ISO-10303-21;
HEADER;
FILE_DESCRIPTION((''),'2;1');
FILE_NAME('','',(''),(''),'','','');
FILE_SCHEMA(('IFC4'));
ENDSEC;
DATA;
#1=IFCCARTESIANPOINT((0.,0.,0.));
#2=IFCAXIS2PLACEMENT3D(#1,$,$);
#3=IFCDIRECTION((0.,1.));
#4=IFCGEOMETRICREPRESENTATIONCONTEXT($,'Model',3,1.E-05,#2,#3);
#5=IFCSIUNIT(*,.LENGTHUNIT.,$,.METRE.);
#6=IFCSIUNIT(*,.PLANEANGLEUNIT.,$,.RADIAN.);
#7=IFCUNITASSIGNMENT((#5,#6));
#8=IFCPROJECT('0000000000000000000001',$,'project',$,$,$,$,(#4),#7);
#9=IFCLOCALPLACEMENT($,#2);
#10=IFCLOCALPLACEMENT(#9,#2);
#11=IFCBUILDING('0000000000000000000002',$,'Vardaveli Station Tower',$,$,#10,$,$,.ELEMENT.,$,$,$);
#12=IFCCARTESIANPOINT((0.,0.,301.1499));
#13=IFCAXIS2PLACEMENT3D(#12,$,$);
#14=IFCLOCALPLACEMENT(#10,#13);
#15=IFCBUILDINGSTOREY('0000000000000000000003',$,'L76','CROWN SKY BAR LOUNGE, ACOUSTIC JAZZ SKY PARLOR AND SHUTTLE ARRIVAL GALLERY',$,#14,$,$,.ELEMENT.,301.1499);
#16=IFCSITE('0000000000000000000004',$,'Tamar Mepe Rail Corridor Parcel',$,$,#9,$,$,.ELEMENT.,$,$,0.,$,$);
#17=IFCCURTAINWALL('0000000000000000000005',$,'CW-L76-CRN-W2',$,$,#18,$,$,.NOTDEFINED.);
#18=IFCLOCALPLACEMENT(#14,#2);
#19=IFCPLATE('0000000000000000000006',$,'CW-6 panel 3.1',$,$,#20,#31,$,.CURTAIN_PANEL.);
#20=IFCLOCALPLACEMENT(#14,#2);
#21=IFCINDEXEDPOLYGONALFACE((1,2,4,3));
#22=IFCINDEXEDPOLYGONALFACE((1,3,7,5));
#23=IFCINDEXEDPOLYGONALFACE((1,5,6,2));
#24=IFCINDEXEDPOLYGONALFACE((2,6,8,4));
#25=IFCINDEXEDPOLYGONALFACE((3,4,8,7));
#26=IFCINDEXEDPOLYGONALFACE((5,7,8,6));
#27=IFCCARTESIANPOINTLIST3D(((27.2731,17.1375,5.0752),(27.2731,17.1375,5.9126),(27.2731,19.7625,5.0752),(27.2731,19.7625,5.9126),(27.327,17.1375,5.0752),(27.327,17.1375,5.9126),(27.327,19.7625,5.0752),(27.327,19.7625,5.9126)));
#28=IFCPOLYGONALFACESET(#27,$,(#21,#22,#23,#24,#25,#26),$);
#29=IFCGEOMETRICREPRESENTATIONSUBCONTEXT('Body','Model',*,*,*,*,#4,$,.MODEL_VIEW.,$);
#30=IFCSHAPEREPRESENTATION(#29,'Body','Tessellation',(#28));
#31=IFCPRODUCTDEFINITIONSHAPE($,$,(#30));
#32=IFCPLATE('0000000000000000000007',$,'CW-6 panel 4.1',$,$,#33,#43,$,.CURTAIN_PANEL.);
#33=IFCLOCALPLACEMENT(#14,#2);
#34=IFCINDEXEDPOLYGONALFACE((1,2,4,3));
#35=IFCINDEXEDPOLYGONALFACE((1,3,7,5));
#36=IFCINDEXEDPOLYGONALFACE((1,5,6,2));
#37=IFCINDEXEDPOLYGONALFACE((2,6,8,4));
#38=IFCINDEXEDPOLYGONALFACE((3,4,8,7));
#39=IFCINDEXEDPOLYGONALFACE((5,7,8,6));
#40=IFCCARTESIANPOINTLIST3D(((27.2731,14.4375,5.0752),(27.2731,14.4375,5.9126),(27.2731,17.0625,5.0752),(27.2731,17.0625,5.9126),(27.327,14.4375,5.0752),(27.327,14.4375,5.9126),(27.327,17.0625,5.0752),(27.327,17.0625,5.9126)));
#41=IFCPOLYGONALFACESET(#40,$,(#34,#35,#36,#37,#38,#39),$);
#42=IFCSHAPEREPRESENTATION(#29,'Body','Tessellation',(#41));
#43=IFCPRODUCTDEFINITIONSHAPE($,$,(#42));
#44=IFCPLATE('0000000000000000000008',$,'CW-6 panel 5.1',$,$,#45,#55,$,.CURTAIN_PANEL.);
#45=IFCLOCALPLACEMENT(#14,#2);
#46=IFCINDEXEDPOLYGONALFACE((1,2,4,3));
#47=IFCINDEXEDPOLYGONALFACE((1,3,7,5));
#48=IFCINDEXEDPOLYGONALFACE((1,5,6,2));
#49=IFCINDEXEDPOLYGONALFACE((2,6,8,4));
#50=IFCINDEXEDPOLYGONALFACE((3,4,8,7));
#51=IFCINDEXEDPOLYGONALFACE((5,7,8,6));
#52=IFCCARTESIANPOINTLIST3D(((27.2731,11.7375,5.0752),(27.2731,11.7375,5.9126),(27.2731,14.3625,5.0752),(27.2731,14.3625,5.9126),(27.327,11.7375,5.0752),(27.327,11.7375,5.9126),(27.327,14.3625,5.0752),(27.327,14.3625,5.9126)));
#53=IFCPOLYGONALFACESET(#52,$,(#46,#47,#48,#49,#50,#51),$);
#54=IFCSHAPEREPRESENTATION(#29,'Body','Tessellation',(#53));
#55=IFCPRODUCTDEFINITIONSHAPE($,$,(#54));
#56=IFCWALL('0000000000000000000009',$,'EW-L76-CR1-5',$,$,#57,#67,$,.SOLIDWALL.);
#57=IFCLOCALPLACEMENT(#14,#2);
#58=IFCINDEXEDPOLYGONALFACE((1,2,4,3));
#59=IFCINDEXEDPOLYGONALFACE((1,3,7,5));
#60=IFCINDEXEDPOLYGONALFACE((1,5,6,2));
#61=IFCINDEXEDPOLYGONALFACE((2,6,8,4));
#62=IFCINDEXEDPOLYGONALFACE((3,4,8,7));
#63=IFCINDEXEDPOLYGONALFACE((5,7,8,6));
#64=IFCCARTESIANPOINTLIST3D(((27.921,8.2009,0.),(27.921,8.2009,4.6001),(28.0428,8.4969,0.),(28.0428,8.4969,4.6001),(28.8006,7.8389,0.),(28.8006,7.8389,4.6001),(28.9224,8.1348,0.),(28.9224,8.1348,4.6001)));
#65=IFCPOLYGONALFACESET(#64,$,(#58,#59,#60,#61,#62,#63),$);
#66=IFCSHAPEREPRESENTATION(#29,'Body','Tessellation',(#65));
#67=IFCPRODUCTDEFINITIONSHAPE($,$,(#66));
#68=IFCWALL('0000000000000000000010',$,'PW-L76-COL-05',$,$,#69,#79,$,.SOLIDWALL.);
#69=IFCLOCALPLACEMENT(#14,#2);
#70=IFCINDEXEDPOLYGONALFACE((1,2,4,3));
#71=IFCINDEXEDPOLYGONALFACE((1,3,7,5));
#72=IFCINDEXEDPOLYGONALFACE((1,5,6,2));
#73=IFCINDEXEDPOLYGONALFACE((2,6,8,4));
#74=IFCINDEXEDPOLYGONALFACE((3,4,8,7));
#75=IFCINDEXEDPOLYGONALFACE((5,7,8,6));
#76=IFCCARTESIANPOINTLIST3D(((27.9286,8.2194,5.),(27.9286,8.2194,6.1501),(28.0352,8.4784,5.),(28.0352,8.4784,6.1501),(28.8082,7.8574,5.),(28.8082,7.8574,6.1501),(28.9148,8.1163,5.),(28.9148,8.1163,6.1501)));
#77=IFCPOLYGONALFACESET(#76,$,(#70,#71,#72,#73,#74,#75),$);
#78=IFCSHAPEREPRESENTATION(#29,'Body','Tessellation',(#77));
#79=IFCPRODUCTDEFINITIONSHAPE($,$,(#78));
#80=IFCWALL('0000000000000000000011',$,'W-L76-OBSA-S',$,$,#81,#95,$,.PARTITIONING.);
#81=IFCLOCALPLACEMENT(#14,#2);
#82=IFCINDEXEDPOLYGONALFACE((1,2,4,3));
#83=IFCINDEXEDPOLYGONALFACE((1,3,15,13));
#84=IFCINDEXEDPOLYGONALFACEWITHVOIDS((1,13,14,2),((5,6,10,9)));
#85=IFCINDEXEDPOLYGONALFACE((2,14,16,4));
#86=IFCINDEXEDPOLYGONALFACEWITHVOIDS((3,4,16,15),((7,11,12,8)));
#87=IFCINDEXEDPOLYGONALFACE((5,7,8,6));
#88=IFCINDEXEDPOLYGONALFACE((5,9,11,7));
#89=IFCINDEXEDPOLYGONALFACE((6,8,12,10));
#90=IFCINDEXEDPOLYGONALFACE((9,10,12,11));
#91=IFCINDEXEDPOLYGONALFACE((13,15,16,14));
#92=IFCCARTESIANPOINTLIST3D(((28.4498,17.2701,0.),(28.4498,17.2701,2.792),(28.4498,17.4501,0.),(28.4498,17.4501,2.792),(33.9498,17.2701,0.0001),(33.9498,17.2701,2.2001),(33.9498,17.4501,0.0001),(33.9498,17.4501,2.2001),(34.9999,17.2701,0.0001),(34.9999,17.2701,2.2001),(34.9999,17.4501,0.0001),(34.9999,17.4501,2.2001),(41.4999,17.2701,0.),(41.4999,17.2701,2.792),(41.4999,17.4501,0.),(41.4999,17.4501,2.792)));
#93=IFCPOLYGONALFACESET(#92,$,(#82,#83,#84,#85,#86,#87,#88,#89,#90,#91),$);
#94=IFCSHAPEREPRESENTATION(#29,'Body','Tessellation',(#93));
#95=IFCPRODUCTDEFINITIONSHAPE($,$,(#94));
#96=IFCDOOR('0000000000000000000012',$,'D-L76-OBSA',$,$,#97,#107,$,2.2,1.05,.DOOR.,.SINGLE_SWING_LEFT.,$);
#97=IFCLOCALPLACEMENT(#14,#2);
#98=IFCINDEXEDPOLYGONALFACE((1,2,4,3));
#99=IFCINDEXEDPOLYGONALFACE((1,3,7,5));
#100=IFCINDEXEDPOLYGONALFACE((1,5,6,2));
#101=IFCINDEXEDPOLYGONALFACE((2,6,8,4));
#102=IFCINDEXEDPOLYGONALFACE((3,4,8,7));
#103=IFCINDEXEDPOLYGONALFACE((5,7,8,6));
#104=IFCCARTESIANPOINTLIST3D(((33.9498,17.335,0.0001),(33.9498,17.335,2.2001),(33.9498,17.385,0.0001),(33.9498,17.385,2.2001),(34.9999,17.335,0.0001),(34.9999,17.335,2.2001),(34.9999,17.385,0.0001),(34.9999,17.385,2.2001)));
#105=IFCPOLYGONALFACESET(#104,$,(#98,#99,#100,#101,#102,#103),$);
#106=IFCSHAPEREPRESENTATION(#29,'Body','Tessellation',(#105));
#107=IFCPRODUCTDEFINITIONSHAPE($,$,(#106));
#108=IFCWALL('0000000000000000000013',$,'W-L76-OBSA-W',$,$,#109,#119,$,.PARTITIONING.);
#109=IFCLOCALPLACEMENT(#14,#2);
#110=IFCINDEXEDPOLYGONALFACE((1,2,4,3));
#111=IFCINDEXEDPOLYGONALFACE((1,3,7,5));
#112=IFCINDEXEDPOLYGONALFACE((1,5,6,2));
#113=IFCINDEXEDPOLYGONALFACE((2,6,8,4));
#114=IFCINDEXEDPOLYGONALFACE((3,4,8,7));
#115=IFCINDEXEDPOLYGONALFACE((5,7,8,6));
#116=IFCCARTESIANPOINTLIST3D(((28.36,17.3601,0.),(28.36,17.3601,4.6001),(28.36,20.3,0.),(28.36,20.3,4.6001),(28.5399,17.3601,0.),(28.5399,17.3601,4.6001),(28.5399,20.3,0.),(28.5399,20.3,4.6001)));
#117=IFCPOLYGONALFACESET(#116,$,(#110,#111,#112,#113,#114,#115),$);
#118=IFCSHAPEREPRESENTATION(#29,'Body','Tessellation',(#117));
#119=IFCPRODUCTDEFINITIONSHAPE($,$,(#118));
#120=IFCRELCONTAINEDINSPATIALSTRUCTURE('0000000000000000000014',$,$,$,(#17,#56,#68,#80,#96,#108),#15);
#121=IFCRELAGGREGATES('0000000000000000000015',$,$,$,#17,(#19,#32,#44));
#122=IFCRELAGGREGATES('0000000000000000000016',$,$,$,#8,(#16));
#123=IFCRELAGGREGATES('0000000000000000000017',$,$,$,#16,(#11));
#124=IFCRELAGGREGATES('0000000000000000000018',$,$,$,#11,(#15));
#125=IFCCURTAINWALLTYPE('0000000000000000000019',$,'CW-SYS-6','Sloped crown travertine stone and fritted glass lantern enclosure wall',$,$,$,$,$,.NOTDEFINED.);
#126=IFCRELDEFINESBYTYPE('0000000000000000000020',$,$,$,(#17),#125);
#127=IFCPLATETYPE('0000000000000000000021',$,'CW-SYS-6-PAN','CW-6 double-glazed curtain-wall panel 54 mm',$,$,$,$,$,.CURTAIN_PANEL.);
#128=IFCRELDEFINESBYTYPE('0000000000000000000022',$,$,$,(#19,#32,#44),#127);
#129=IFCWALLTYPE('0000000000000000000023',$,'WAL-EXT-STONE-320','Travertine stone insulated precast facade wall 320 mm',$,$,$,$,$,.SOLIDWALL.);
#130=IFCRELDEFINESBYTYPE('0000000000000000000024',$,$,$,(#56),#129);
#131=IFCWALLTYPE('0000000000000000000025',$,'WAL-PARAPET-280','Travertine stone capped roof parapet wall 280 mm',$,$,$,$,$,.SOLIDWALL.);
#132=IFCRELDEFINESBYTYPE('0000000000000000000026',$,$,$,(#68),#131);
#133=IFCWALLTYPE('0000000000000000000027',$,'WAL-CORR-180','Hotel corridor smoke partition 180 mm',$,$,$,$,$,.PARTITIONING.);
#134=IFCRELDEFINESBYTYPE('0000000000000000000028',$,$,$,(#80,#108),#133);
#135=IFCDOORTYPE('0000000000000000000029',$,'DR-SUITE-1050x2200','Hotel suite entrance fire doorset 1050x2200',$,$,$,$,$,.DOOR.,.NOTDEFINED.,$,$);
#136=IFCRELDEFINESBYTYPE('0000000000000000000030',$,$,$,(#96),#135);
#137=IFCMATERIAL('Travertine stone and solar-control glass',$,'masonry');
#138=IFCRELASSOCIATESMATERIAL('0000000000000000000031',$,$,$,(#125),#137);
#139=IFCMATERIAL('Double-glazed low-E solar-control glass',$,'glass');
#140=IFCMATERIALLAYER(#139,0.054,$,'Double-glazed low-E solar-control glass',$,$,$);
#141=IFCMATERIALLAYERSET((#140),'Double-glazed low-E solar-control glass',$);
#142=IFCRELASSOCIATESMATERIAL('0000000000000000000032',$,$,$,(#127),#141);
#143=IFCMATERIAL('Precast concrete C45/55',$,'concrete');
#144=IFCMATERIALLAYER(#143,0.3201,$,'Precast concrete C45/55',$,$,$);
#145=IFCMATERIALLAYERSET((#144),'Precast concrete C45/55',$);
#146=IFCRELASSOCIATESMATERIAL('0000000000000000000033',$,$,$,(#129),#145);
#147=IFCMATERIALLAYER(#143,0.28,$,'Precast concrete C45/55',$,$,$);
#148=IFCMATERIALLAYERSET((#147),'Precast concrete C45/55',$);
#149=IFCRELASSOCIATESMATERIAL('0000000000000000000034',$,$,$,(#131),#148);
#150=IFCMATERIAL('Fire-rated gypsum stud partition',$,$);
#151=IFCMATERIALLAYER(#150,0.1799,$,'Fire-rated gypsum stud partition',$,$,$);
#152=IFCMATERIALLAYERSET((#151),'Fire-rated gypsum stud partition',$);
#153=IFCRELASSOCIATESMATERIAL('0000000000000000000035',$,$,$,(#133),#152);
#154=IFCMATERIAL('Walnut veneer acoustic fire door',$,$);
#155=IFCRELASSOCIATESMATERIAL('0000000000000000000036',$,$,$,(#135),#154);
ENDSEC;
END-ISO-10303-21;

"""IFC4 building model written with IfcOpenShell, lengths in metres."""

from ifc_helpers import new_model, si_unit, direction, frame, frame_2d, origin, origin_2d, place, context, subcontext, project, spatial, rectangle, extrude, source, transform, mapped, material, layer, layer_set, type_object, element, fill, aggregate, save


model = new_model("IFC4")

# Units and contexts
model_context = context("Model", 3, precision=1e-05, world=origin(), true_north=direction((0.0, 1.0)))
body_context = subcontext(model_context, "Body", "Model", "MODEL_VIEW")
ifc_project = project(units=[si_unit("LENGTHUNIT", "METRE"), si_unit("PLANEANGLEUNIT", "RADIAN")], contexts=[model_context])

# Site, building, storey
site_placement = place(None, origin())
site = spatial("IfcSite", under=ifc_project, at=site_placement, Name="Tamar Mepe Rail Corridor Parcel", CompositionType="ELEMENT", RefElevation=0.0)
building_placement = place(site_placement, origin())
building = spatial("IfcBuilding", under=site, at=building_placement, Name="Vardaveli Station Tower", CompositionType="ELEMENT")
storey_placement = place(building_placement, frame((0.0, 0.0, 301.1499)))
storey = spatial("IfcBuildingStorey", under=building, at=storey_placement, Name="L76", Description="CROWN SKY BAR LOUNGE, ACOUSTIC JAZZ SKY PARLOR AND SHUTTLE ARRIVAL GALLERY", CompositionType="ELEMENT", Elevation=301.1499)

# Shared definitions
ifc_material_1 = material(Name="Travertine stone and solar-control glass", Category="masonry")
curtain_wall_type = type_object("IfcCurtainWallType", Name="CW-SYS-6", Description="Sloped crown travertine stone and fritted glass lantern enclosure wall", PredefinedType="NOTDEFINED", material=ifc_material_1)

# Curtain wall
curtain_wall_1_placement = place(storey_placement, origin())
curtain_wall_1 = element("IfcCurtainWall", 1, at=curtain_wall_1_placement, inside=storey, type_object=curtain_wall_type, Name="CW-L76-CRN-W2", PredefinedType="NOTDEFINED")

# Plates
ifc_material_2 = material(Name="Double-glazed low-E solar-control glass", Category="glass")
ifc_layer_1 = layer(ifc_material_2, 0.054, Name="Double-glazed low-E solar-control glass")
ifc_layer_set_1 = layer_set([ifc_layer_1], Name="Double-glazed low-E solar-control glass")
plate_type = type_object("IfcPlateType", Name="CW-SYS-6-PAN", Description="CW-6 double-glazed curtain-wall panel 54 mm", PredefinedType="CURTAIN_PANEL", material=ifc_layer_set_1)
shared_shape_1 = source(origin(), body_context, "Body", "SweptSolid", [
    extrude(rectangle(XDim=2.625, YDim=0.054, at=origin_2d()), origin(), (0.0, 0.0, 1.0), 0.8374),
])
plate_1_placement = place(storey_placement, frame((27.3, 18.45, 5.0752), z_axis=(0.0, 0.0, 1.0), x_axis=(0.0, -1.0, 0.0)))
plate_1 = element("IfcPlate", 2, at=plate_1_placement, type_object=plate_type, Name="CW-6 panel 3.1", PredefinedType="CURTAIN_PANEL", context=body_context, shape_type="MappedRepresentation", body=[
    mapped(shared_shape_1, transform((0.0, 0.0, 0.0), scale=1.0)),
])
plate_2_placement = place(storey_placement, frame((27.3, 15.75, 5.0752), z_axis=(0.0, 0.0, 1.0), x_axis=(0.0, -1.0, 0.0)))
plate_2 = element("IfcPlate", 3, at=plate_2_placement, type_object=plate_type, Name="CW-6 panel 4.1", PredefinedType="CURTAIN_PANEL", context=body_context, shape_type="MappedRepresentation", body=[
    mapped(shared_shape_1, transform((0.0, 0.0, 0.0), scale=1.0)),
])
plate_3_placement = place(storey_placement, frame((27.3, 13.05, 5.0752), z_axis=(0.0, 0.0, 1.0), x_axis=(0.0, -1.0, 0.0)))
plate_3 = element("IfcPlate", 4, at=plate_3_placement, type_object=plate_type, Name="CW-6 panel 5.1", PredefinedType="CURTAIN_PANEL", context=body_context, shape_type="MappedRepresentation", body=[
    mapped(shared_shape_1, transform((0.0, 0.0, 0.0), scale=1.0)),
])
aggregate(curtain_wall_1, [plate_1, plate_2, plate_3])

# Walls
ifc_material_3 = material(Name="Precast concrete C45/55", Category="concrete")
ifc_layer_2 = layer(ifc_material_3, 0.3201, Name="Precast concrete C45/55")
ifc_layer_set_2 = layer_set([ifc_layer_2], Name="Precast concrete C45/55")
wall_type_1 = type_object("IfcWallType", Name="WAL-EXT-STONE-320", Description="Travertine stone insulated precast facade wall 320 mm", PredefinedType="SOLIDWALL", material=ifc_layer_set_2)
shared_shape_2 = source(origin(), body_context, "Body", "SweptSolid", [
    extrude(rectangle(XDim=0.9512, YDim=0.3201, at=frame_2d((0.4756, 0.0))), origin(), (0.0, 0.0, 1.0), 4.6001),
])
wall_1_placement = place(storey_placement, frame((27.9819, 8.3489, 0.0), z_axis=(0.0, 0.0, 1.0), x_axis=(0.924731, -0.380621, 0.0)))
element("IfcWall", 5, at=wall_1_placement, inside=storey, type_object=wall_type_1, Name="EW-L76-CR1-5", PredefinedType="SOLIDWALL", context=body_context, shape_type="MappedRepresentation", body=[
    mapped(shared_shape_2, transform((0.0, 0.0, 0.0), scale=1.0)),
])
ifc_layer_3 = layer(ifc_material_3, 0.28, Name="Precast concrete C45/55")
ifc_layer_set_3 = layer_set([ifc_layer_3], Name="Precast concrete C45/55")
wall_type_2 = type_object("IfcWallType", Name="WAL-PARAPET-280", Description="Travertine stone capped roof parapet wall 280 mm", PredefinedType="SOLIDWALL", material=ifc_layer_set_3)
shared_shape_3 = source(origin(), body_context, "Body", "SweptSolid", [
    extrude(rectangle(XDim=0.9512, YDim=0.28, at=frame_2d((0.4756, 0.0))), origin(), (0.0, 0.0, 1.0), 1.1501),
])
wall_2_placement = place(storey_placement, frame((27.9819, 8.3489, 5.0), z_axis=(0.0, 0.0, 1.0), x_axis=(0.924731, -0.380621, 0.0)))
element("IfcWall", 6, at=wall_2_placement, inside=storey, type_object=wall_type_2, Name="PW-L76-COL-05", PredefinedType="SOLIDWALL", context=body_context, shape_type="MappedRepresentation", body=[
    mapped(shared_shape_3, transform((0.0, 0.0, 0.0), scale=1.0)),
])

# Wall, opening, door
ifc_material_4 = material(Name="Fire-rated gypsum stud partition")
ifc_layer_4 = layer(ifc_material_4, 0.1799, Name="Fire-rated gypsum stud partition")
ifc_layer_set_4 = layer_set([ifc_layer_4], Name="Fire-rated gypsum stud partition")
wall_type_3 = type_object("IfcWallType", Name="WAL-CORR-180", Description="Hotel corridor smoke partition 180 mm", PredefinedType="PARTITIONING", material=ifc_layer_set_4)
shared_shape_4 = source(origin(), body_context, "Body", "SweptSolid", [
    extrude(rectangle(XDim=13.05, YDim=0.1799, at=frame_2d((6.5249, 0.0))), origin(), (0.0, 0.0, 1.0), 2.792),
])
wall_3_placement = place(storey_placement, frame((28.45, 17.3601, 0.0), z_axis=(0.0, 0.0, 1.0), x_axis=(1.0, 0.0, 0.0)))
wall_3 = element("IfcWall", 7, at=wall_3_placement, inside=storey, type_object=wall_type_3, Name="W-L76-OBSA-S", PredefinedType="PARTITIONING", context=body_context, shape_type="MappedRepresentation", body=[
    mapped(shared_shape_4, transform((0.0, 0.0, 0.0), scale=1.0)),
])
shared_shape_5 = source(origin(), body_context, "Body", "SweptSolid", [
    extrude(rectangle(XDim=1.05, YDim=2.2, at=frame_2d((0.5249, 1.1001))), frame((0.0, 0.1001, 0.0), z_axis=(0.0, -1.0, 0.0), x_axis=(1.0, 0.0, 0.0)), (0.0, 0.0, 1.0), 0.2),
])
opening_placement = place(wall_3_placement, frame((5.5, 0.0, 0.0)))
opening = element("IfcOpeningElement", 8, at=opening_placement, cuts=wall_3, PredefinedType="OPENING", context=body_context, shape_type="MappedRepresentation", body=[
    mapped(shared_shape_5, transform((0.0, 0.0, 0.0), scale=1.0)),
])
ifc_material_5 = material(Name="Walnut veneer acoustic fire door")
door_type = type_object("IfcDoorType", Name="DR-SUITE-1050x2200", Description="Hotel suite entrance fire doorset 1050x2200", OperationType="NOTDEFINED", PredefinedType="DOOR", material=ifc_material_5)
shared_shape_6 = source(origin(), body_context, "Body", "SweptSolid", [
    extrude(rectangle(XDim=1.05, YDim=2.2, at=frame_2d((0.5249, 1.1001))), frame((0.0, 0.0249, 0.0), z_axis=(0.0, -1.0, 0.0), x_axis=(1.0, 0.0, 0.0)), (0.0, 0.0, 1.0), 0.05),
])
door_placement = place(opening_placement, origin())
door = element("IfcDoor", 9, at=door_placement, inside=storey, type_object=door_type, Name="D-L76-OBSA", OperationType="SINGLE_SWING_LEFT", OverallHeight=2.2, OverallWidth=1.05, PredefinedType="DOOR", context=body_context, shape_type="MappedRepresentation", body=[
    mapped(shared_shape_6, transform((0.0, 0.0, 0.0), scale=1.0)),
])
fill(opening, door)

# Wall
shared_shape_7 = source(origin(), body_context, "Body", "SweptSolid", [
    extrude(rectangle(XDim=2.9399, YDim=0.1799, at=frame_2d((1.47, 0.0))), origin(), (0.0, 0.0, 1.0), 4.6001),
])
wall_4_placement = place(storey_placement, frame((28.45, 17.3601, 0.0), z_axis=(0.0, 0.0, 1.0), x_axis=(0.0, 1.0, 0.0)))
element("IfcWall", 10, at=wall_4_placement, inside=storey, type_object=wall_type_3, Name="W-L76-OBSA-W", PredefinedType="PARTITIONING", context=body_context, shape_type="MappedRepresentation", body=[
    mapped(shared_shape_7, transform((0.0, 0.0, 0.0), scale=1.0)),
])

save(model, "model.ifc")
